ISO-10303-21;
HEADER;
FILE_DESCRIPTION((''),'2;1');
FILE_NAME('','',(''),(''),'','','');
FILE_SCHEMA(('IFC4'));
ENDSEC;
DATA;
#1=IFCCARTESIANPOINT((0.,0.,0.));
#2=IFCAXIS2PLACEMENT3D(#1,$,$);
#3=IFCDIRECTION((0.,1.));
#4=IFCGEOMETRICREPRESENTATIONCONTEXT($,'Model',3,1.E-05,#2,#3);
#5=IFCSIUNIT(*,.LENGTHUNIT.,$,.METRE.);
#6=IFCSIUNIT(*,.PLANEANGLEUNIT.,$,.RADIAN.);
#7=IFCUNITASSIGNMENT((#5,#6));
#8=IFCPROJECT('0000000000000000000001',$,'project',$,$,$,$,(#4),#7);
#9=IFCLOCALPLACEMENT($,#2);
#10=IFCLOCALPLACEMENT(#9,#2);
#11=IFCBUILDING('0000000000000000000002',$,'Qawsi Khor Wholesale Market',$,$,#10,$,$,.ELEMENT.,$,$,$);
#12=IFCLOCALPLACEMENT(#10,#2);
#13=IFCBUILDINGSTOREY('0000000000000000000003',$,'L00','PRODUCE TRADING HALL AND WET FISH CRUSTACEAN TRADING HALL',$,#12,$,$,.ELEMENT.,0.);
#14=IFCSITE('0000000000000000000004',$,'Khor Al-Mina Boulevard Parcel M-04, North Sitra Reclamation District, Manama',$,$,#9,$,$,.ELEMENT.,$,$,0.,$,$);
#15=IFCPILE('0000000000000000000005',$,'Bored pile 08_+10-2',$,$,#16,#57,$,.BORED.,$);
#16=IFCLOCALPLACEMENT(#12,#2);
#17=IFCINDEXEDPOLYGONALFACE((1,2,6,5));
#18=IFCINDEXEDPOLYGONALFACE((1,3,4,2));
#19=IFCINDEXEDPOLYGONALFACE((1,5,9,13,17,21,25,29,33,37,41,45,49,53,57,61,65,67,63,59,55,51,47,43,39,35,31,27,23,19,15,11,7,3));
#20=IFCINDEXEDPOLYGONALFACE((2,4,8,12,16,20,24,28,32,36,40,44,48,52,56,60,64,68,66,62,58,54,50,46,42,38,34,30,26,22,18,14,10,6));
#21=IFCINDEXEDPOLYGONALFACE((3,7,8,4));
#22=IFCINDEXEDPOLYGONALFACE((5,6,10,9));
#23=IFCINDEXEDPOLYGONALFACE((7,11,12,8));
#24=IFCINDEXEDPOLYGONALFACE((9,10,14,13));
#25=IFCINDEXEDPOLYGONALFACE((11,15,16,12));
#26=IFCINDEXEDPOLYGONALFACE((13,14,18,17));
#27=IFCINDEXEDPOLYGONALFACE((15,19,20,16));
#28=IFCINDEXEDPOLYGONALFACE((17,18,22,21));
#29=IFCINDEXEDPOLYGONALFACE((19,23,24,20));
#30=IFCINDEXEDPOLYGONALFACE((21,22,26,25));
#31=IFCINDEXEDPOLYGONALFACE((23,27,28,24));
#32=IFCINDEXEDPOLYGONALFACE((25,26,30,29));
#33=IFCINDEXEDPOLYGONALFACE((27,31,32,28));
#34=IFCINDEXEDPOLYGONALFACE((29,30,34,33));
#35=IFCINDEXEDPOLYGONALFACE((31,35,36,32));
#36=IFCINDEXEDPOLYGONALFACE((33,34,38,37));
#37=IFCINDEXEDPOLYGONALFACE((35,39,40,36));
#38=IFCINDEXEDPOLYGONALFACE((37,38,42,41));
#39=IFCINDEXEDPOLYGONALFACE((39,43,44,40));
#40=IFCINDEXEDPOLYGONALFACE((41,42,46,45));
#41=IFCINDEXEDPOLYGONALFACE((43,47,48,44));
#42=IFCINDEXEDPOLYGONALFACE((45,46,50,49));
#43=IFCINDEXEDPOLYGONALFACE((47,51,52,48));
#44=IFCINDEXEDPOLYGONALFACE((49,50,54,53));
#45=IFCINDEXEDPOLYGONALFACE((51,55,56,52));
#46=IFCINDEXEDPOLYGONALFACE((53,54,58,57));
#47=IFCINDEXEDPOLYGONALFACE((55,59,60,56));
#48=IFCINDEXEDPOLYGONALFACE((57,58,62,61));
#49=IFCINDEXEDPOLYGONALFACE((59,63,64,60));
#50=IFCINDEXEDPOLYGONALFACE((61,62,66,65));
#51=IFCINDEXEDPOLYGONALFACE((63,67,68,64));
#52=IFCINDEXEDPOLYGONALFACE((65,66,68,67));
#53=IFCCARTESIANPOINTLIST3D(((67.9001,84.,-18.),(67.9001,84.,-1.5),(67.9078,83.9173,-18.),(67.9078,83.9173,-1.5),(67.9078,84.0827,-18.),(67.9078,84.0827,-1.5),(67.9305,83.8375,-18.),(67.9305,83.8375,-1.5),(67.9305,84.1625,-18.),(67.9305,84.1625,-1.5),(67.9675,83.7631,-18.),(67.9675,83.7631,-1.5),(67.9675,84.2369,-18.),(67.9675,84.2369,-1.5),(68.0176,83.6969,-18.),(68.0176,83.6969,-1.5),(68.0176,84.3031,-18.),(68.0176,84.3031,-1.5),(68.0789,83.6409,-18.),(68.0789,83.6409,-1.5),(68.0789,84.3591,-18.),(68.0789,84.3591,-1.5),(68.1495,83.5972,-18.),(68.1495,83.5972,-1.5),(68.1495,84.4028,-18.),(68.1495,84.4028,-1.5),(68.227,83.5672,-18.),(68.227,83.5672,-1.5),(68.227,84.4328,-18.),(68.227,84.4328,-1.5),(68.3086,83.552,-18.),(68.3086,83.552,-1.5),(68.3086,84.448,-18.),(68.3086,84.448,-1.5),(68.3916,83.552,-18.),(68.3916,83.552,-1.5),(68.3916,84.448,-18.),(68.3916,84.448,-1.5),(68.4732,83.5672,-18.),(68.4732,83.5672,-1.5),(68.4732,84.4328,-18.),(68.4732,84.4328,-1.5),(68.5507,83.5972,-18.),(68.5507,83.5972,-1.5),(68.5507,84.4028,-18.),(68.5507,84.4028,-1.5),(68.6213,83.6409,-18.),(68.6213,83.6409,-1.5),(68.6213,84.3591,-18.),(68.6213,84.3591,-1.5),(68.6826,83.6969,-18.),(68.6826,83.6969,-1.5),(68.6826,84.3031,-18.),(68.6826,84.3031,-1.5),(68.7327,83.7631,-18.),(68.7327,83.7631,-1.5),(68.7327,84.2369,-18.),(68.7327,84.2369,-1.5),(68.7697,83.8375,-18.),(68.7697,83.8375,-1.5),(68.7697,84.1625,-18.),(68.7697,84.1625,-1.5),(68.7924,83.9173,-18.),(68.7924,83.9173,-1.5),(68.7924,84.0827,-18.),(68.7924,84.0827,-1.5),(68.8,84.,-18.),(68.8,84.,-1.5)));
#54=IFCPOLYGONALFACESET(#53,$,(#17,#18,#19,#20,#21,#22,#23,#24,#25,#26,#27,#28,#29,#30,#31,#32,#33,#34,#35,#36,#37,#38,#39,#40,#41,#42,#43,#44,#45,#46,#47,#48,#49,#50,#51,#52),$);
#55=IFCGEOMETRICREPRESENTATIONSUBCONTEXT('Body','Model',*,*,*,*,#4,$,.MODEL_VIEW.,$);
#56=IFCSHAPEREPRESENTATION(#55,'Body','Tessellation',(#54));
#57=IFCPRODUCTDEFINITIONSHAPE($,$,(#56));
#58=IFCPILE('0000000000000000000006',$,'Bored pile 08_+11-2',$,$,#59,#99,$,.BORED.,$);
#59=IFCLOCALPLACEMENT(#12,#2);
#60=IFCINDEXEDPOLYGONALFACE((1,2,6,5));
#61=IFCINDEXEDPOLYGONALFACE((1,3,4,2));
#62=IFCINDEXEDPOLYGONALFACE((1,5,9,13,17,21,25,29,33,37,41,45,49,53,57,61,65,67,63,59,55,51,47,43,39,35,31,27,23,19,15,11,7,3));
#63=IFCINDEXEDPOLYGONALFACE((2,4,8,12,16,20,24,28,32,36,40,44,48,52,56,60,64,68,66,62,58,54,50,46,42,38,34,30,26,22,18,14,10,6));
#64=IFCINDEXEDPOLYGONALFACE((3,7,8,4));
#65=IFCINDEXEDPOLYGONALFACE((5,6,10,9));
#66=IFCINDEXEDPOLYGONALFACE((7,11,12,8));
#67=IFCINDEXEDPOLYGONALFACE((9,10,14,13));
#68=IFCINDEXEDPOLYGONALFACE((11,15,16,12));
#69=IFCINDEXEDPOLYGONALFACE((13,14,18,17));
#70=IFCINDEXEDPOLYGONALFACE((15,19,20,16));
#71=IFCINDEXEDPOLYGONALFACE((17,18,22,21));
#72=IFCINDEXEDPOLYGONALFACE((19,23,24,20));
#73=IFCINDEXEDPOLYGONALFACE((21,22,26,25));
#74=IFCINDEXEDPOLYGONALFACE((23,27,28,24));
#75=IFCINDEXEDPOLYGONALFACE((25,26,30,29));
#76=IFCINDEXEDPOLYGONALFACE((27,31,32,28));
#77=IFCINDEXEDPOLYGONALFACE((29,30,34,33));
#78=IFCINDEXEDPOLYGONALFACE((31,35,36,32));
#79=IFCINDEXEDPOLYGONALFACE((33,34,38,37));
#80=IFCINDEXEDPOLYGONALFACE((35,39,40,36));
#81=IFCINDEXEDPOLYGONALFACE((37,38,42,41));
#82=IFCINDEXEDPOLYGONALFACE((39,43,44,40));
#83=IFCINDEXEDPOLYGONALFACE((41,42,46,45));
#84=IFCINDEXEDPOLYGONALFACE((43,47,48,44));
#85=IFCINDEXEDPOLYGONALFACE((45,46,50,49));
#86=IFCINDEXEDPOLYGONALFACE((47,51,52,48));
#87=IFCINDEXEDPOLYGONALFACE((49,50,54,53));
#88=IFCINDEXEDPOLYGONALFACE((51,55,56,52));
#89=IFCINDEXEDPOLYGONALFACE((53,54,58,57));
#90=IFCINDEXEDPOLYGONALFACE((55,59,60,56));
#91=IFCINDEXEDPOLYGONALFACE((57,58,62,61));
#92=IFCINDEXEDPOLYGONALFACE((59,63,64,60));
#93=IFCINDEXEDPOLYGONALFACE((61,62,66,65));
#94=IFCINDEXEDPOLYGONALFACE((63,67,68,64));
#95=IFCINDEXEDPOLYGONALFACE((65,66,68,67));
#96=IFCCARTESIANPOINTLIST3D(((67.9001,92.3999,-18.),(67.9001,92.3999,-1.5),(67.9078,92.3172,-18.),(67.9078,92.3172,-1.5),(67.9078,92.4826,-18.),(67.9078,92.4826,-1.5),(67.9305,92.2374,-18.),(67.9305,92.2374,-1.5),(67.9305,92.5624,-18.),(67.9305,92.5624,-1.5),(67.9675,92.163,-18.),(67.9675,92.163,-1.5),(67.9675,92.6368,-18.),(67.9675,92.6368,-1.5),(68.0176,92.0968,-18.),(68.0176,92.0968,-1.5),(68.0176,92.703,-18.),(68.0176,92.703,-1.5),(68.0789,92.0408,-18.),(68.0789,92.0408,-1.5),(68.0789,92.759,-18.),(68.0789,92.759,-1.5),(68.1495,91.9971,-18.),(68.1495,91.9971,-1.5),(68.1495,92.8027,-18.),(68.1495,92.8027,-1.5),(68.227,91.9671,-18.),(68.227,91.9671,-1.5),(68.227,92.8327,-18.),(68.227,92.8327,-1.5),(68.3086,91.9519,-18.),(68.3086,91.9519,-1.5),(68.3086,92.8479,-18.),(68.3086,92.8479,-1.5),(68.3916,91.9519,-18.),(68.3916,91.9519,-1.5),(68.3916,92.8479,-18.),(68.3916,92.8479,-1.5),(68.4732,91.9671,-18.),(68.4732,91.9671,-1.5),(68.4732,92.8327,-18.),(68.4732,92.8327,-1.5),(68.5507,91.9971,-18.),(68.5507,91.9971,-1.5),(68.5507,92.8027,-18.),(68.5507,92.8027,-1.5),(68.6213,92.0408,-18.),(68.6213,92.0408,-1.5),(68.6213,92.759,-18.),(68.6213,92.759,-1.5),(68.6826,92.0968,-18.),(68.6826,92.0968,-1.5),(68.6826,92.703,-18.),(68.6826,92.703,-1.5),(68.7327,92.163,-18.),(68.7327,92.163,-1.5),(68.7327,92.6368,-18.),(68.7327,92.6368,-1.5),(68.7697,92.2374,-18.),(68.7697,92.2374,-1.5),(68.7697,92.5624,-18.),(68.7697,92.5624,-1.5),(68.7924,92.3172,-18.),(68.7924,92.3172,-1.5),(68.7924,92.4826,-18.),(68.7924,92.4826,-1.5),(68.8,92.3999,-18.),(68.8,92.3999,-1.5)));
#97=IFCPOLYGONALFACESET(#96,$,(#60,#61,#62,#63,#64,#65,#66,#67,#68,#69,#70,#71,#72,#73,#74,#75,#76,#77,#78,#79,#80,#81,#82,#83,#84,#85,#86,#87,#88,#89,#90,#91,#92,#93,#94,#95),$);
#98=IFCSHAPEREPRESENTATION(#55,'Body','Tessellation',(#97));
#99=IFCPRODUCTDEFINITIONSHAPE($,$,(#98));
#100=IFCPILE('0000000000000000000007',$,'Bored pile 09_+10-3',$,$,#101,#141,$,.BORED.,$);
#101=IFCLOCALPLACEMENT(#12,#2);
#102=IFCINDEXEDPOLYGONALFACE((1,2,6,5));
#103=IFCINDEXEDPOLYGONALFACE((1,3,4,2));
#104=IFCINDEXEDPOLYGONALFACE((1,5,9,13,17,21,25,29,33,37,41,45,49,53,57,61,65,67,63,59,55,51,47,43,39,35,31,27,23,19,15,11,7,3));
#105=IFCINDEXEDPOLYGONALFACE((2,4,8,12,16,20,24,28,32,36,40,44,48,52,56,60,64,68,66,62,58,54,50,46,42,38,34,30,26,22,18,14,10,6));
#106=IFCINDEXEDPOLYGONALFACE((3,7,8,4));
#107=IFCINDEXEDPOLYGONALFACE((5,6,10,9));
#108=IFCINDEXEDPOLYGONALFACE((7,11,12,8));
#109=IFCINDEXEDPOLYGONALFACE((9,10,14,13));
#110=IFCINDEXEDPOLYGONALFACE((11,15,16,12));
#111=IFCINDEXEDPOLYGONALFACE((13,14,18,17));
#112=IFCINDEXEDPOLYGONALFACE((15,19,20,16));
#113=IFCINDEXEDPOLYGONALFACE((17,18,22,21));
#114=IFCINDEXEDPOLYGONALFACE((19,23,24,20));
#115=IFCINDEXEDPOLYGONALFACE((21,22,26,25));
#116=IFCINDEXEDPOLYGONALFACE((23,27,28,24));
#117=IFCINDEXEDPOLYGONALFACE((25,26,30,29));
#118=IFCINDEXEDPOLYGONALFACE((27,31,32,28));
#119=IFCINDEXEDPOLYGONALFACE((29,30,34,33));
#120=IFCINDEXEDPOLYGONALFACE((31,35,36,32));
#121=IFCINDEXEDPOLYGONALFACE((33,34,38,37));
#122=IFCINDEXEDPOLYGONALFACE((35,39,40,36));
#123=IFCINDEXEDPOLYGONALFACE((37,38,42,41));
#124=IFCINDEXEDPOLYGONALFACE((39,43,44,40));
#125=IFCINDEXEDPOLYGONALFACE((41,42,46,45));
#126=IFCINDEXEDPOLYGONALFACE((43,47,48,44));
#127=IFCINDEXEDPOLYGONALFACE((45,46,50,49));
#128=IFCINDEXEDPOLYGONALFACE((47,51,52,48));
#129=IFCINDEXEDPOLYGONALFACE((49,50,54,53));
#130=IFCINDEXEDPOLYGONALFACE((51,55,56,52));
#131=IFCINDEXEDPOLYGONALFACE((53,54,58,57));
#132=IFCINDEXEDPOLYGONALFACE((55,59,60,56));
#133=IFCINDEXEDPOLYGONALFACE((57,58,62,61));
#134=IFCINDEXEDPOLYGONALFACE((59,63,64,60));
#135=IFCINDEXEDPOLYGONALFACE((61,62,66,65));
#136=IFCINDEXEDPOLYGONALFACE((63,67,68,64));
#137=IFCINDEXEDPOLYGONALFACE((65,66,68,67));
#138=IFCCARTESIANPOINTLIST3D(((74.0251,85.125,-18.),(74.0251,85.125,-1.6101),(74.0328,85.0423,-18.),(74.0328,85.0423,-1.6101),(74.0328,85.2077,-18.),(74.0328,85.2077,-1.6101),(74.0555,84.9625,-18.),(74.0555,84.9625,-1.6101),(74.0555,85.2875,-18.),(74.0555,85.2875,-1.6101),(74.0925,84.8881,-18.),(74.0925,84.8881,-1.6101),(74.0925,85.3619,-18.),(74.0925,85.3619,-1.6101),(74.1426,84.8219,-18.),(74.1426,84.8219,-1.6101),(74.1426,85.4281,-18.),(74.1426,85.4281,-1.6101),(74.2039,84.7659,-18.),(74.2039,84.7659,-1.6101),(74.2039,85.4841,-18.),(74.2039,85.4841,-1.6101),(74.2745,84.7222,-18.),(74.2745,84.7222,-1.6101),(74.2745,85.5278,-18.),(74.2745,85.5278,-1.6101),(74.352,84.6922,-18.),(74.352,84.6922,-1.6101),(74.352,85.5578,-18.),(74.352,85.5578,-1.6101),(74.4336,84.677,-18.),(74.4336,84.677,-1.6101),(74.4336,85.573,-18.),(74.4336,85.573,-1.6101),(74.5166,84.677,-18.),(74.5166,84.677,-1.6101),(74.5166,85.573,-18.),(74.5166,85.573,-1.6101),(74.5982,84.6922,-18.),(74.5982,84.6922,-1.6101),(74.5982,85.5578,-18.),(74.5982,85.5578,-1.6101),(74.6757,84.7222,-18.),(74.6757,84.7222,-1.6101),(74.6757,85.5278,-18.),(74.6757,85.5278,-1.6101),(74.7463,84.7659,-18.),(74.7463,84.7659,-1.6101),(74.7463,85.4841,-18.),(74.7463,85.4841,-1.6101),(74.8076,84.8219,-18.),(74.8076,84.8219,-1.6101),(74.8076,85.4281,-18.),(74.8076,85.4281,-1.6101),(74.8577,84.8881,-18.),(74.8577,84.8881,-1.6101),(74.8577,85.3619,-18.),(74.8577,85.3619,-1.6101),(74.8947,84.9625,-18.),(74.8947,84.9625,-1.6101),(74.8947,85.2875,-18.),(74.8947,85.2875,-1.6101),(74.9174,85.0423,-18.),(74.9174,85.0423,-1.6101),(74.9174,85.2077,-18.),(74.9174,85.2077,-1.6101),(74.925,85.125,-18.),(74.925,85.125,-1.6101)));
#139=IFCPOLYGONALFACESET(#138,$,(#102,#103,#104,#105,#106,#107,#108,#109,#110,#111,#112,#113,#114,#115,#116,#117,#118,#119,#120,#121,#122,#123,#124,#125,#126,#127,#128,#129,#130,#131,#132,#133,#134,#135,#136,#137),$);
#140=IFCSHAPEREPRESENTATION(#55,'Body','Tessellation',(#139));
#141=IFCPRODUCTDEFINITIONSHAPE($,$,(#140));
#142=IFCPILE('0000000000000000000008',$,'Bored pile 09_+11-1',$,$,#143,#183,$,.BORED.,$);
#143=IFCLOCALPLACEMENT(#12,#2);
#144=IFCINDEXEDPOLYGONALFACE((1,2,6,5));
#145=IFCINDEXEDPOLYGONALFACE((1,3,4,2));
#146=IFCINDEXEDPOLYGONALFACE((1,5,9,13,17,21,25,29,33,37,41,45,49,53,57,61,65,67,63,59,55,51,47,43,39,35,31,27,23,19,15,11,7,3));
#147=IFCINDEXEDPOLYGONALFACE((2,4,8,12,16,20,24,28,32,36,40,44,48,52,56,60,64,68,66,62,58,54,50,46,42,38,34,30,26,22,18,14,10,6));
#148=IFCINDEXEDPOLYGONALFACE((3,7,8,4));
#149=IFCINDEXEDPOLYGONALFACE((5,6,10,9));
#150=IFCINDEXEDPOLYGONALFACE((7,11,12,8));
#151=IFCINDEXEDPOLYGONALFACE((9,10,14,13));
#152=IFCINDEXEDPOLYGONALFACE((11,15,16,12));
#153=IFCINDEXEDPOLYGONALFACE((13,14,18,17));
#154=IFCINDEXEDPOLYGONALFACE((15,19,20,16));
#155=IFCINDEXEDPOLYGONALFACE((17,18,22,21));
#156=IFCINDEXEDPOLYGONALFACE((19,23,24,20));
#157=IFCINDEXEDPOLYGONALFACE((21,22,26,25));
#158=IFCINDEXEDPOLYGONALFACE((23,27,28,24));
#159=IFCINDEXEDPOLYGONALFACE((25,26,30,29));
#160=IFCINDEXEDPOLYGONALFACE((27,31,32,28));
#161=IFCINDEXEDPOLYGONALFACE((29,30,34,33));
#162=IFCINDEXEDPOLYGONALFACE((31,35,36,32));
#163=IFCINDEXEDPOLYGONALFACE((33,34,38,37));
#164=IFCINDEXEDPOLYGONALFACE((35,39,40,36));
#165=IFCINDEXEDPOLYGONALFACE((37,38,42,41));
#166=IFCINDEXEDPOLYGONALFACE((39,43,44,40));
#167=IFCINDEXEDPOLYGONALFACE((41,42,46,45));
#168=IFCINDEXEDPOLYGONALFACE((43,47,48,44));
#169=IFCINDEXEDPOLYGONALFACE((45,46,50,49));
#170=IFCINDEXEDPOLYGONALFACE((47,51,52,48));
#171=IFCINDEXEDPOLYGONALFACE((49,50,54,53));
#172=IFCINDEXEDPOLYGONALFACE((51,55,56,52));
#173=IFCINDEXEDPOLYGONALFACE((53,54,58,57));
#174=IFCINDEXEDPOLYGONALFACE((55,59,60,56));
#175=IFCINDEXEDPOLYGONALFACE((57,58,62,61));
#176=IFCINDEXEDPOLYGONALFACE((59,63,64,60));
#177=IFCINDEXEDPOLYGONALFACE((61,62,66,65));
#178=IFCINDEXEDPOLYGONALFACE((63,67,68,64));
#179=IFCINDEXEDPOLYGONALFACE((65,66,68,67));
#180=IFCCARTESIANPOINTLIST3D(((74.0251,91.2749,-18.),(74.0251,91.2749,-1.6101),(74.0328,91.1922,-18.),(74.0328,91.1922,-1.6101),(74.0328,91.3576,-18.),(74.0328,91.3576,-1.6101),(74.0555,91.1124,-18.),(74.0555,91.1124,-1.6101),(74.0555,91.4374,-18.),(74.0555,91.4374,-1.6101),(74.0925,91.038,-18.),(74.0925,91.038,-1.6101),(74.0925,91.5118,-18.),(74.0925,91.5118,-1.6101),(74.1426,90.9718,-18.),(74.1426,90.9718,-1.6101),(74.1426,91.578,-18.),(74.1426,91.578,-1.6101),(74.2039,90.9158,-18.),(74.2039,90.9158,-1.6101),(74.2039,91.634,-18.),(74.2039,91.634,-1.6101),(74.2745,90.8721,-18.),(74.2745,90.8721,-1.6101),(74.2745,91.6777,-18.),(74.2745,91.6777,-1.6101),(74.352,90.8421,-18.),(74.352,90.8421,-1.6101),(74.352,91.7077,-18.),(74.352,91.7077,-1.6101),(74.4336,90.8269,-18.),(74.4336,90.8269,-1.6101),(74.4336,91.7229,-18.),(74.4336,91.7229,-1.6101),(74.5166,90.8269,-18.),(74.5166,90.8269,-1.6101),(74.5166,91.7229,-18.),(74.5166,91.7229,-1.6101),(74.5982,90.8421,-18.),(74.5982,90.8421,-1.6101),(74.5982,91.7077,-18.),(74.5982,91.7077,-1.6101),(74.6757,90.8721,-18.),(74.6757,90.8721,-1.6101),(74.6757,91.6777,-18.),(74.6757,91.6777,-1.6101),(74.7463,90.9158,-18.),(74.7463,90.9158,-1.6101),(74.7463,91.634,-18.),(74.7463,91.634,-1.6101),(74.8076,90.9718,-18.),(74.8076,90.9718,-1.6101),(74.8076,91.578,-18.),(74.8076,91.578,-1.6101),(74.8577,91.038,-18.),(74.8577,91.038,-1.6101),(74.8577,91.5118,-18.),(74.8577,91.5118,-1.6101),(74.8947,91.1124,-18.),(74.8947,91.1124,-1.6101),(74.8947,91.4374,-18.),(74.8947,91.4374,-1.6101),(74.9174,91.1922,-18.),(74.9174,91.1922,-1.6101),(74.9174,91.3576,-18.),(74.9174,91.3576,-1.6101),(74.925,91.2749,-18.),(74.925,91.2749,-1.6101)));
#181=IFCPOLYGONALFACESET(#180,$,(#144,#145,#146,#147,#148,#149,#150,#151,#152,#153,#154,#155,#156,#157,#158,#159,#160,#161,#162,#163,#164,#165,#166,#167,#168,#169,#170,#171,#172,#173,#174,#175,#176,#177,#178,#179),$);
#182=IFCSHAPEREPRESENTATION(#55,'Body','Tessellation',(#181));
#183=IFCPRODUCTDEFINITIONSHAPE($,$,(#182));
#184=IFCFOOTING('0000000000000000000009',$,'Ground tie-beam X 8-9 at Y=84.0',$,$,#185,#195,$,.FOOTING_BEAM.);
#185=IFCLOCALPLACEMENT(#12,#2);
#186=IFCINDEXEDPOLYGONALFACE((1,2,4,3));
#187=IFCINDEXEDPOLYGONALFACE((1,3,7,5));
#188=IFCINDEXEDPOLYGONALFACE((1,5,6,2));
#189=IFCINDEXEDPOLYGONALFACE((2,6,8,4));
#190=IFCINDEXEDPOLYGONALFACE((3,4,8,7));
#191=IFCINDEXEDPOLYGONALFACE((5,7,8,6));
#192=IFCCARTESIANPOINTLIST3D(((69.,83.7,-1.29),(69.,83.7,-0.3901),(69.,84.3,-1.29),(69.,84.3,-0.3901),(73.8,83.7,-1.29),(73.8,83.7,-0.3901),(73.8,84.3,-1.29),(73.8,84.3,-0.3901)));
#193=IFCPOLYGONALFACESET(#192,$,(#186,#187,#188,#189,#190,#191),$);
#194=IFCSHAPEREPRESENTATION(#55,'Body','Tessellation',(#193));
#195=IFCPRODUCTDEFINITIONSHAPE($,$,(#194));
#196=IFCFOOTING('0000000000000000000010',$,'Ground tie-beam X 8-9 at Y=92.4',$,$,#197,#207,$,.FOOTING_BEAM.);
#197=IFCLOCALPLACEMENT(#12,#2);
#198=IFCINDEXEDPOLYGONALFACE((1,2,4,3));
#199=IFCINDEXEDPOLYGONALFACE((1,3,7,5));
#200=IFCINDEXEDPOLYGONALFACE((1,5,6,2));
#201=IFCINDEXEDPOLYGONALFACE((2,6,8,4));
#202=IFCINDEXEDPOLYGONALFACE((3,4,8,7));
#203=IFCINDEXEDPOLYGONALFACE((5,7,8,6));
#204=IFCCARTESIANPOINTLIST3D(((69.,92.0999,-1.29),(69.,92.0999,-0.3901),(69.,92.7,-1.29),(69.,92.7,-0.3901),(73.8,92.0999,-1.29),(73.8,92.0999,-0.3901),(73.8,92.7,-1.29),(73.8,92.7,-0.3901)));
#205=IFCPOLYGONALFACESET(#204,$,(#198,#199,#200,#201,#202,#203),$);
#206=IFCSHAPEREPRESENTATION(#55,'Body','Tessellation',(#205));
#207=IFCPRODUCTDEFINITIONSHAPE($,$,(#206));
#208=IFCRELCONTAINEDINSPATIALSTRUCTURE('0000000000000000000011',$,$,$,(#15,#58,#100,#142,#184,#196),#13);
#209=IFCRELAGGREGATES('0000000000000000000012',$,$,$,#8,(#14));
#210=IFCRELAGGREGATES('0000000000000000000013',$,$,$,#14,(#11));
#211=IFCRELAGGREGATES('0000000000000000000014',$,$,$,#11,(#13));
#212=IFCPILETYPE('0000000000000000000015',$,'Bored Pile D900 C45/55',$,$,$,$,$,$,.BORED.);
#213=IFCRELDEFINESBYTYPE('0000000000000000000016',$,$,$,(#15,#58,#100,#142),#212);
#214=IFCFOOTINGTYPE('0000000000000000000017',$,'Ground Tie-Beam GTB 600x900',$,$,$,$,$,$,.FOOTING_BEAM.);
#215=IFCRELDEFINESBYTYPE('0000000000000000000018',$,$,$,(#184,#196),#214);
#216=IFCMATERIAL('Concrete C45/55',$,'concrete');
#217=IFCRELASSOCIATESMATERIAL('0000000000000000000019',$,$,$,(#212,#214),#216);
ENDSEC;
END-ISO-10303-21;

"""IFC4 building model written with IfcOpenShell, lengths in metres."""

from ifc_helpers import new_model, si_unit, direction, frame, origin, origin_2d, place, context, subcontext, project, spatial, rectangle, circle, extrude, material, material_profile, profile_set, type_object, element, save


model = new_model("IFC4")

# Units and contexts
model_context = context("Model", 3, precision=1e-05, world=origin(), true_north=direction((0.0, 1.0)))
body_context = subcontext(model_context, "Body", "Model", "MODEL_VIEW")
ifc_project = project(units=[si_unit("LENGTHUNIT", "METRE"), si_unit("PLANEANGLEUNIT", "RADIAN")], contexts=[model_context])

# Site, building, storey
site_placement = place(None, origin())
site = spatial("IfcSite", under=ifc_project, at=site_placement, Name="Khor Al-Mina Boulevard Parcel M-04, North Sitra Reclamation District, Manama", CompositionType="ELEMENT", RefElevation=0.0)
building_placement = place(site_placement, origin())
building = spatial("IfcBuilding", under=site, at=building_placement, Name="Qawsi Khor Wholesale Market", CompositionType="ELEMENT")
storey_placement = place(building_placement, origin())
storey = spatial("IfcBuildingStorey", under=building, at=storey_placement, Name="L00", Description="PRODUCE TRADING HALL AND WET FISH CRUSTACEAN TRADING HALL", CompositionType="ELEMENT", Elevation=0.0)

# Piles
ifc_material_1 = material(Name="Concrete C45/55", Category="concrete")
ifc_material_profile_1 = material_profile(ifc_material_1, circle(Radius=0.45, at=origin_2d()), Name="PILE D900")
ifc_profile_set_1 = profile_set([ifc_material_profile_1], Name="Concrete C45/55")
pile_type = type_object("IfcPileType", Name="Bored Pile D900 C45/55", PredefinedType="BORED", material=ifc_profile_set_1)
for number, where, z_axis, x_axis, name in (
    (1, (68.3501, 84.0, -1.5), (0.0, 0.0, -1.0), (1.0, 0.0, 0.0), "Bored pile 08_+10-2"),
    (2, (68.3501, 92.3999, -1.5), (0.0, 0.0, -1.0), (1.0, 0.0, 0.0), "Bored pile 08_+11-2"),
):
    element("IfcPile", number, at=place(storey_placement, frame(where, z_axis=z_axis, x_axis=x_axis)), inside=storey, type_object=pile_type, Name=name, PredefinedType="BORED", context=body_context, shape_type="SweptSolid", body=[
        extrude(circle(Radius=0.45, at=origin_2d()), origin(), (0.0, 0.0, 1.0), 16.5),
    ])
for number, where, z_axis, x_axis, name in (
    (3, (74.4751, 85.125, -1.6101), (0.0, 0.0, -1.0), (1.0, 0.0, 0.0), "Bored pile 09_+10-3"),
    (4, (74.4751, 91.2749, -1.6101), (0.0, 0.0, -1.0), (1.0, 0.0, 0.0), "Bored pile 09_+11-1"),
):
    element("IfcPile", number, at=place(storey_placement, frame(where, z_axis=z_axis, x_axis=x_axis)), inside=storey, type_object=pile_type, Name=name, PredefinedType="BORED", context=body_context, shape_type="SweptSolid", body=[
        extrude(circle(Radius=0.45, at=origin_2d()), origin(), (0.0, 0.0, 1.0), 16.3899),
    ])

# Footings
ifc_material_profile_2 = material_profile(ifc_material_1, rectangle(XDim=0.6001, YDim=0.8999, at=origin_2d()), Name="RC 600x900")
ifc_profile_set_2 = profile_set([ifc_material_profile_2], Name="Concrete C45/55")
footing_type_1 = type_object("IfcFootingType", Name="Ground Tie-Beam GTB 600x900", PredefinedType="FOOTING_BEAM", material=ifc_profile_set_2)
for number, where, z_axis, x_axis, name in (
    (5, (69.0, 84.0, -0.8401), (1.0, 0.0, 0.0), (0.0, 1.0, 0.0), "Ground tie-beam X 8-9 at Y=84.0"),
    (6, (69.0, 92.3999, -0.8401), (1.0, 0.0, 0.0), (0.0, 1.0, 0.0), "Ground tie-beam X 8-9 at Y=92.4"),
):
    element("IfcFooting", number, at=place(storey_placement, frame(where, z_axis=z_axis, x_axis=x_axis)), inside=storey, type_object=footing_type_1, Name=name, PredefinedType="FOOTING_BEAM", context=body_context, shape_type="SweptSolid", body=[
        extrude(rectangle(XDim=0.6001, YDim=0.8999, at=origin_2d()), origin(), (0.0, 0.0, 1.0), 4.8),
    ])

save(model, "model.ifc")
